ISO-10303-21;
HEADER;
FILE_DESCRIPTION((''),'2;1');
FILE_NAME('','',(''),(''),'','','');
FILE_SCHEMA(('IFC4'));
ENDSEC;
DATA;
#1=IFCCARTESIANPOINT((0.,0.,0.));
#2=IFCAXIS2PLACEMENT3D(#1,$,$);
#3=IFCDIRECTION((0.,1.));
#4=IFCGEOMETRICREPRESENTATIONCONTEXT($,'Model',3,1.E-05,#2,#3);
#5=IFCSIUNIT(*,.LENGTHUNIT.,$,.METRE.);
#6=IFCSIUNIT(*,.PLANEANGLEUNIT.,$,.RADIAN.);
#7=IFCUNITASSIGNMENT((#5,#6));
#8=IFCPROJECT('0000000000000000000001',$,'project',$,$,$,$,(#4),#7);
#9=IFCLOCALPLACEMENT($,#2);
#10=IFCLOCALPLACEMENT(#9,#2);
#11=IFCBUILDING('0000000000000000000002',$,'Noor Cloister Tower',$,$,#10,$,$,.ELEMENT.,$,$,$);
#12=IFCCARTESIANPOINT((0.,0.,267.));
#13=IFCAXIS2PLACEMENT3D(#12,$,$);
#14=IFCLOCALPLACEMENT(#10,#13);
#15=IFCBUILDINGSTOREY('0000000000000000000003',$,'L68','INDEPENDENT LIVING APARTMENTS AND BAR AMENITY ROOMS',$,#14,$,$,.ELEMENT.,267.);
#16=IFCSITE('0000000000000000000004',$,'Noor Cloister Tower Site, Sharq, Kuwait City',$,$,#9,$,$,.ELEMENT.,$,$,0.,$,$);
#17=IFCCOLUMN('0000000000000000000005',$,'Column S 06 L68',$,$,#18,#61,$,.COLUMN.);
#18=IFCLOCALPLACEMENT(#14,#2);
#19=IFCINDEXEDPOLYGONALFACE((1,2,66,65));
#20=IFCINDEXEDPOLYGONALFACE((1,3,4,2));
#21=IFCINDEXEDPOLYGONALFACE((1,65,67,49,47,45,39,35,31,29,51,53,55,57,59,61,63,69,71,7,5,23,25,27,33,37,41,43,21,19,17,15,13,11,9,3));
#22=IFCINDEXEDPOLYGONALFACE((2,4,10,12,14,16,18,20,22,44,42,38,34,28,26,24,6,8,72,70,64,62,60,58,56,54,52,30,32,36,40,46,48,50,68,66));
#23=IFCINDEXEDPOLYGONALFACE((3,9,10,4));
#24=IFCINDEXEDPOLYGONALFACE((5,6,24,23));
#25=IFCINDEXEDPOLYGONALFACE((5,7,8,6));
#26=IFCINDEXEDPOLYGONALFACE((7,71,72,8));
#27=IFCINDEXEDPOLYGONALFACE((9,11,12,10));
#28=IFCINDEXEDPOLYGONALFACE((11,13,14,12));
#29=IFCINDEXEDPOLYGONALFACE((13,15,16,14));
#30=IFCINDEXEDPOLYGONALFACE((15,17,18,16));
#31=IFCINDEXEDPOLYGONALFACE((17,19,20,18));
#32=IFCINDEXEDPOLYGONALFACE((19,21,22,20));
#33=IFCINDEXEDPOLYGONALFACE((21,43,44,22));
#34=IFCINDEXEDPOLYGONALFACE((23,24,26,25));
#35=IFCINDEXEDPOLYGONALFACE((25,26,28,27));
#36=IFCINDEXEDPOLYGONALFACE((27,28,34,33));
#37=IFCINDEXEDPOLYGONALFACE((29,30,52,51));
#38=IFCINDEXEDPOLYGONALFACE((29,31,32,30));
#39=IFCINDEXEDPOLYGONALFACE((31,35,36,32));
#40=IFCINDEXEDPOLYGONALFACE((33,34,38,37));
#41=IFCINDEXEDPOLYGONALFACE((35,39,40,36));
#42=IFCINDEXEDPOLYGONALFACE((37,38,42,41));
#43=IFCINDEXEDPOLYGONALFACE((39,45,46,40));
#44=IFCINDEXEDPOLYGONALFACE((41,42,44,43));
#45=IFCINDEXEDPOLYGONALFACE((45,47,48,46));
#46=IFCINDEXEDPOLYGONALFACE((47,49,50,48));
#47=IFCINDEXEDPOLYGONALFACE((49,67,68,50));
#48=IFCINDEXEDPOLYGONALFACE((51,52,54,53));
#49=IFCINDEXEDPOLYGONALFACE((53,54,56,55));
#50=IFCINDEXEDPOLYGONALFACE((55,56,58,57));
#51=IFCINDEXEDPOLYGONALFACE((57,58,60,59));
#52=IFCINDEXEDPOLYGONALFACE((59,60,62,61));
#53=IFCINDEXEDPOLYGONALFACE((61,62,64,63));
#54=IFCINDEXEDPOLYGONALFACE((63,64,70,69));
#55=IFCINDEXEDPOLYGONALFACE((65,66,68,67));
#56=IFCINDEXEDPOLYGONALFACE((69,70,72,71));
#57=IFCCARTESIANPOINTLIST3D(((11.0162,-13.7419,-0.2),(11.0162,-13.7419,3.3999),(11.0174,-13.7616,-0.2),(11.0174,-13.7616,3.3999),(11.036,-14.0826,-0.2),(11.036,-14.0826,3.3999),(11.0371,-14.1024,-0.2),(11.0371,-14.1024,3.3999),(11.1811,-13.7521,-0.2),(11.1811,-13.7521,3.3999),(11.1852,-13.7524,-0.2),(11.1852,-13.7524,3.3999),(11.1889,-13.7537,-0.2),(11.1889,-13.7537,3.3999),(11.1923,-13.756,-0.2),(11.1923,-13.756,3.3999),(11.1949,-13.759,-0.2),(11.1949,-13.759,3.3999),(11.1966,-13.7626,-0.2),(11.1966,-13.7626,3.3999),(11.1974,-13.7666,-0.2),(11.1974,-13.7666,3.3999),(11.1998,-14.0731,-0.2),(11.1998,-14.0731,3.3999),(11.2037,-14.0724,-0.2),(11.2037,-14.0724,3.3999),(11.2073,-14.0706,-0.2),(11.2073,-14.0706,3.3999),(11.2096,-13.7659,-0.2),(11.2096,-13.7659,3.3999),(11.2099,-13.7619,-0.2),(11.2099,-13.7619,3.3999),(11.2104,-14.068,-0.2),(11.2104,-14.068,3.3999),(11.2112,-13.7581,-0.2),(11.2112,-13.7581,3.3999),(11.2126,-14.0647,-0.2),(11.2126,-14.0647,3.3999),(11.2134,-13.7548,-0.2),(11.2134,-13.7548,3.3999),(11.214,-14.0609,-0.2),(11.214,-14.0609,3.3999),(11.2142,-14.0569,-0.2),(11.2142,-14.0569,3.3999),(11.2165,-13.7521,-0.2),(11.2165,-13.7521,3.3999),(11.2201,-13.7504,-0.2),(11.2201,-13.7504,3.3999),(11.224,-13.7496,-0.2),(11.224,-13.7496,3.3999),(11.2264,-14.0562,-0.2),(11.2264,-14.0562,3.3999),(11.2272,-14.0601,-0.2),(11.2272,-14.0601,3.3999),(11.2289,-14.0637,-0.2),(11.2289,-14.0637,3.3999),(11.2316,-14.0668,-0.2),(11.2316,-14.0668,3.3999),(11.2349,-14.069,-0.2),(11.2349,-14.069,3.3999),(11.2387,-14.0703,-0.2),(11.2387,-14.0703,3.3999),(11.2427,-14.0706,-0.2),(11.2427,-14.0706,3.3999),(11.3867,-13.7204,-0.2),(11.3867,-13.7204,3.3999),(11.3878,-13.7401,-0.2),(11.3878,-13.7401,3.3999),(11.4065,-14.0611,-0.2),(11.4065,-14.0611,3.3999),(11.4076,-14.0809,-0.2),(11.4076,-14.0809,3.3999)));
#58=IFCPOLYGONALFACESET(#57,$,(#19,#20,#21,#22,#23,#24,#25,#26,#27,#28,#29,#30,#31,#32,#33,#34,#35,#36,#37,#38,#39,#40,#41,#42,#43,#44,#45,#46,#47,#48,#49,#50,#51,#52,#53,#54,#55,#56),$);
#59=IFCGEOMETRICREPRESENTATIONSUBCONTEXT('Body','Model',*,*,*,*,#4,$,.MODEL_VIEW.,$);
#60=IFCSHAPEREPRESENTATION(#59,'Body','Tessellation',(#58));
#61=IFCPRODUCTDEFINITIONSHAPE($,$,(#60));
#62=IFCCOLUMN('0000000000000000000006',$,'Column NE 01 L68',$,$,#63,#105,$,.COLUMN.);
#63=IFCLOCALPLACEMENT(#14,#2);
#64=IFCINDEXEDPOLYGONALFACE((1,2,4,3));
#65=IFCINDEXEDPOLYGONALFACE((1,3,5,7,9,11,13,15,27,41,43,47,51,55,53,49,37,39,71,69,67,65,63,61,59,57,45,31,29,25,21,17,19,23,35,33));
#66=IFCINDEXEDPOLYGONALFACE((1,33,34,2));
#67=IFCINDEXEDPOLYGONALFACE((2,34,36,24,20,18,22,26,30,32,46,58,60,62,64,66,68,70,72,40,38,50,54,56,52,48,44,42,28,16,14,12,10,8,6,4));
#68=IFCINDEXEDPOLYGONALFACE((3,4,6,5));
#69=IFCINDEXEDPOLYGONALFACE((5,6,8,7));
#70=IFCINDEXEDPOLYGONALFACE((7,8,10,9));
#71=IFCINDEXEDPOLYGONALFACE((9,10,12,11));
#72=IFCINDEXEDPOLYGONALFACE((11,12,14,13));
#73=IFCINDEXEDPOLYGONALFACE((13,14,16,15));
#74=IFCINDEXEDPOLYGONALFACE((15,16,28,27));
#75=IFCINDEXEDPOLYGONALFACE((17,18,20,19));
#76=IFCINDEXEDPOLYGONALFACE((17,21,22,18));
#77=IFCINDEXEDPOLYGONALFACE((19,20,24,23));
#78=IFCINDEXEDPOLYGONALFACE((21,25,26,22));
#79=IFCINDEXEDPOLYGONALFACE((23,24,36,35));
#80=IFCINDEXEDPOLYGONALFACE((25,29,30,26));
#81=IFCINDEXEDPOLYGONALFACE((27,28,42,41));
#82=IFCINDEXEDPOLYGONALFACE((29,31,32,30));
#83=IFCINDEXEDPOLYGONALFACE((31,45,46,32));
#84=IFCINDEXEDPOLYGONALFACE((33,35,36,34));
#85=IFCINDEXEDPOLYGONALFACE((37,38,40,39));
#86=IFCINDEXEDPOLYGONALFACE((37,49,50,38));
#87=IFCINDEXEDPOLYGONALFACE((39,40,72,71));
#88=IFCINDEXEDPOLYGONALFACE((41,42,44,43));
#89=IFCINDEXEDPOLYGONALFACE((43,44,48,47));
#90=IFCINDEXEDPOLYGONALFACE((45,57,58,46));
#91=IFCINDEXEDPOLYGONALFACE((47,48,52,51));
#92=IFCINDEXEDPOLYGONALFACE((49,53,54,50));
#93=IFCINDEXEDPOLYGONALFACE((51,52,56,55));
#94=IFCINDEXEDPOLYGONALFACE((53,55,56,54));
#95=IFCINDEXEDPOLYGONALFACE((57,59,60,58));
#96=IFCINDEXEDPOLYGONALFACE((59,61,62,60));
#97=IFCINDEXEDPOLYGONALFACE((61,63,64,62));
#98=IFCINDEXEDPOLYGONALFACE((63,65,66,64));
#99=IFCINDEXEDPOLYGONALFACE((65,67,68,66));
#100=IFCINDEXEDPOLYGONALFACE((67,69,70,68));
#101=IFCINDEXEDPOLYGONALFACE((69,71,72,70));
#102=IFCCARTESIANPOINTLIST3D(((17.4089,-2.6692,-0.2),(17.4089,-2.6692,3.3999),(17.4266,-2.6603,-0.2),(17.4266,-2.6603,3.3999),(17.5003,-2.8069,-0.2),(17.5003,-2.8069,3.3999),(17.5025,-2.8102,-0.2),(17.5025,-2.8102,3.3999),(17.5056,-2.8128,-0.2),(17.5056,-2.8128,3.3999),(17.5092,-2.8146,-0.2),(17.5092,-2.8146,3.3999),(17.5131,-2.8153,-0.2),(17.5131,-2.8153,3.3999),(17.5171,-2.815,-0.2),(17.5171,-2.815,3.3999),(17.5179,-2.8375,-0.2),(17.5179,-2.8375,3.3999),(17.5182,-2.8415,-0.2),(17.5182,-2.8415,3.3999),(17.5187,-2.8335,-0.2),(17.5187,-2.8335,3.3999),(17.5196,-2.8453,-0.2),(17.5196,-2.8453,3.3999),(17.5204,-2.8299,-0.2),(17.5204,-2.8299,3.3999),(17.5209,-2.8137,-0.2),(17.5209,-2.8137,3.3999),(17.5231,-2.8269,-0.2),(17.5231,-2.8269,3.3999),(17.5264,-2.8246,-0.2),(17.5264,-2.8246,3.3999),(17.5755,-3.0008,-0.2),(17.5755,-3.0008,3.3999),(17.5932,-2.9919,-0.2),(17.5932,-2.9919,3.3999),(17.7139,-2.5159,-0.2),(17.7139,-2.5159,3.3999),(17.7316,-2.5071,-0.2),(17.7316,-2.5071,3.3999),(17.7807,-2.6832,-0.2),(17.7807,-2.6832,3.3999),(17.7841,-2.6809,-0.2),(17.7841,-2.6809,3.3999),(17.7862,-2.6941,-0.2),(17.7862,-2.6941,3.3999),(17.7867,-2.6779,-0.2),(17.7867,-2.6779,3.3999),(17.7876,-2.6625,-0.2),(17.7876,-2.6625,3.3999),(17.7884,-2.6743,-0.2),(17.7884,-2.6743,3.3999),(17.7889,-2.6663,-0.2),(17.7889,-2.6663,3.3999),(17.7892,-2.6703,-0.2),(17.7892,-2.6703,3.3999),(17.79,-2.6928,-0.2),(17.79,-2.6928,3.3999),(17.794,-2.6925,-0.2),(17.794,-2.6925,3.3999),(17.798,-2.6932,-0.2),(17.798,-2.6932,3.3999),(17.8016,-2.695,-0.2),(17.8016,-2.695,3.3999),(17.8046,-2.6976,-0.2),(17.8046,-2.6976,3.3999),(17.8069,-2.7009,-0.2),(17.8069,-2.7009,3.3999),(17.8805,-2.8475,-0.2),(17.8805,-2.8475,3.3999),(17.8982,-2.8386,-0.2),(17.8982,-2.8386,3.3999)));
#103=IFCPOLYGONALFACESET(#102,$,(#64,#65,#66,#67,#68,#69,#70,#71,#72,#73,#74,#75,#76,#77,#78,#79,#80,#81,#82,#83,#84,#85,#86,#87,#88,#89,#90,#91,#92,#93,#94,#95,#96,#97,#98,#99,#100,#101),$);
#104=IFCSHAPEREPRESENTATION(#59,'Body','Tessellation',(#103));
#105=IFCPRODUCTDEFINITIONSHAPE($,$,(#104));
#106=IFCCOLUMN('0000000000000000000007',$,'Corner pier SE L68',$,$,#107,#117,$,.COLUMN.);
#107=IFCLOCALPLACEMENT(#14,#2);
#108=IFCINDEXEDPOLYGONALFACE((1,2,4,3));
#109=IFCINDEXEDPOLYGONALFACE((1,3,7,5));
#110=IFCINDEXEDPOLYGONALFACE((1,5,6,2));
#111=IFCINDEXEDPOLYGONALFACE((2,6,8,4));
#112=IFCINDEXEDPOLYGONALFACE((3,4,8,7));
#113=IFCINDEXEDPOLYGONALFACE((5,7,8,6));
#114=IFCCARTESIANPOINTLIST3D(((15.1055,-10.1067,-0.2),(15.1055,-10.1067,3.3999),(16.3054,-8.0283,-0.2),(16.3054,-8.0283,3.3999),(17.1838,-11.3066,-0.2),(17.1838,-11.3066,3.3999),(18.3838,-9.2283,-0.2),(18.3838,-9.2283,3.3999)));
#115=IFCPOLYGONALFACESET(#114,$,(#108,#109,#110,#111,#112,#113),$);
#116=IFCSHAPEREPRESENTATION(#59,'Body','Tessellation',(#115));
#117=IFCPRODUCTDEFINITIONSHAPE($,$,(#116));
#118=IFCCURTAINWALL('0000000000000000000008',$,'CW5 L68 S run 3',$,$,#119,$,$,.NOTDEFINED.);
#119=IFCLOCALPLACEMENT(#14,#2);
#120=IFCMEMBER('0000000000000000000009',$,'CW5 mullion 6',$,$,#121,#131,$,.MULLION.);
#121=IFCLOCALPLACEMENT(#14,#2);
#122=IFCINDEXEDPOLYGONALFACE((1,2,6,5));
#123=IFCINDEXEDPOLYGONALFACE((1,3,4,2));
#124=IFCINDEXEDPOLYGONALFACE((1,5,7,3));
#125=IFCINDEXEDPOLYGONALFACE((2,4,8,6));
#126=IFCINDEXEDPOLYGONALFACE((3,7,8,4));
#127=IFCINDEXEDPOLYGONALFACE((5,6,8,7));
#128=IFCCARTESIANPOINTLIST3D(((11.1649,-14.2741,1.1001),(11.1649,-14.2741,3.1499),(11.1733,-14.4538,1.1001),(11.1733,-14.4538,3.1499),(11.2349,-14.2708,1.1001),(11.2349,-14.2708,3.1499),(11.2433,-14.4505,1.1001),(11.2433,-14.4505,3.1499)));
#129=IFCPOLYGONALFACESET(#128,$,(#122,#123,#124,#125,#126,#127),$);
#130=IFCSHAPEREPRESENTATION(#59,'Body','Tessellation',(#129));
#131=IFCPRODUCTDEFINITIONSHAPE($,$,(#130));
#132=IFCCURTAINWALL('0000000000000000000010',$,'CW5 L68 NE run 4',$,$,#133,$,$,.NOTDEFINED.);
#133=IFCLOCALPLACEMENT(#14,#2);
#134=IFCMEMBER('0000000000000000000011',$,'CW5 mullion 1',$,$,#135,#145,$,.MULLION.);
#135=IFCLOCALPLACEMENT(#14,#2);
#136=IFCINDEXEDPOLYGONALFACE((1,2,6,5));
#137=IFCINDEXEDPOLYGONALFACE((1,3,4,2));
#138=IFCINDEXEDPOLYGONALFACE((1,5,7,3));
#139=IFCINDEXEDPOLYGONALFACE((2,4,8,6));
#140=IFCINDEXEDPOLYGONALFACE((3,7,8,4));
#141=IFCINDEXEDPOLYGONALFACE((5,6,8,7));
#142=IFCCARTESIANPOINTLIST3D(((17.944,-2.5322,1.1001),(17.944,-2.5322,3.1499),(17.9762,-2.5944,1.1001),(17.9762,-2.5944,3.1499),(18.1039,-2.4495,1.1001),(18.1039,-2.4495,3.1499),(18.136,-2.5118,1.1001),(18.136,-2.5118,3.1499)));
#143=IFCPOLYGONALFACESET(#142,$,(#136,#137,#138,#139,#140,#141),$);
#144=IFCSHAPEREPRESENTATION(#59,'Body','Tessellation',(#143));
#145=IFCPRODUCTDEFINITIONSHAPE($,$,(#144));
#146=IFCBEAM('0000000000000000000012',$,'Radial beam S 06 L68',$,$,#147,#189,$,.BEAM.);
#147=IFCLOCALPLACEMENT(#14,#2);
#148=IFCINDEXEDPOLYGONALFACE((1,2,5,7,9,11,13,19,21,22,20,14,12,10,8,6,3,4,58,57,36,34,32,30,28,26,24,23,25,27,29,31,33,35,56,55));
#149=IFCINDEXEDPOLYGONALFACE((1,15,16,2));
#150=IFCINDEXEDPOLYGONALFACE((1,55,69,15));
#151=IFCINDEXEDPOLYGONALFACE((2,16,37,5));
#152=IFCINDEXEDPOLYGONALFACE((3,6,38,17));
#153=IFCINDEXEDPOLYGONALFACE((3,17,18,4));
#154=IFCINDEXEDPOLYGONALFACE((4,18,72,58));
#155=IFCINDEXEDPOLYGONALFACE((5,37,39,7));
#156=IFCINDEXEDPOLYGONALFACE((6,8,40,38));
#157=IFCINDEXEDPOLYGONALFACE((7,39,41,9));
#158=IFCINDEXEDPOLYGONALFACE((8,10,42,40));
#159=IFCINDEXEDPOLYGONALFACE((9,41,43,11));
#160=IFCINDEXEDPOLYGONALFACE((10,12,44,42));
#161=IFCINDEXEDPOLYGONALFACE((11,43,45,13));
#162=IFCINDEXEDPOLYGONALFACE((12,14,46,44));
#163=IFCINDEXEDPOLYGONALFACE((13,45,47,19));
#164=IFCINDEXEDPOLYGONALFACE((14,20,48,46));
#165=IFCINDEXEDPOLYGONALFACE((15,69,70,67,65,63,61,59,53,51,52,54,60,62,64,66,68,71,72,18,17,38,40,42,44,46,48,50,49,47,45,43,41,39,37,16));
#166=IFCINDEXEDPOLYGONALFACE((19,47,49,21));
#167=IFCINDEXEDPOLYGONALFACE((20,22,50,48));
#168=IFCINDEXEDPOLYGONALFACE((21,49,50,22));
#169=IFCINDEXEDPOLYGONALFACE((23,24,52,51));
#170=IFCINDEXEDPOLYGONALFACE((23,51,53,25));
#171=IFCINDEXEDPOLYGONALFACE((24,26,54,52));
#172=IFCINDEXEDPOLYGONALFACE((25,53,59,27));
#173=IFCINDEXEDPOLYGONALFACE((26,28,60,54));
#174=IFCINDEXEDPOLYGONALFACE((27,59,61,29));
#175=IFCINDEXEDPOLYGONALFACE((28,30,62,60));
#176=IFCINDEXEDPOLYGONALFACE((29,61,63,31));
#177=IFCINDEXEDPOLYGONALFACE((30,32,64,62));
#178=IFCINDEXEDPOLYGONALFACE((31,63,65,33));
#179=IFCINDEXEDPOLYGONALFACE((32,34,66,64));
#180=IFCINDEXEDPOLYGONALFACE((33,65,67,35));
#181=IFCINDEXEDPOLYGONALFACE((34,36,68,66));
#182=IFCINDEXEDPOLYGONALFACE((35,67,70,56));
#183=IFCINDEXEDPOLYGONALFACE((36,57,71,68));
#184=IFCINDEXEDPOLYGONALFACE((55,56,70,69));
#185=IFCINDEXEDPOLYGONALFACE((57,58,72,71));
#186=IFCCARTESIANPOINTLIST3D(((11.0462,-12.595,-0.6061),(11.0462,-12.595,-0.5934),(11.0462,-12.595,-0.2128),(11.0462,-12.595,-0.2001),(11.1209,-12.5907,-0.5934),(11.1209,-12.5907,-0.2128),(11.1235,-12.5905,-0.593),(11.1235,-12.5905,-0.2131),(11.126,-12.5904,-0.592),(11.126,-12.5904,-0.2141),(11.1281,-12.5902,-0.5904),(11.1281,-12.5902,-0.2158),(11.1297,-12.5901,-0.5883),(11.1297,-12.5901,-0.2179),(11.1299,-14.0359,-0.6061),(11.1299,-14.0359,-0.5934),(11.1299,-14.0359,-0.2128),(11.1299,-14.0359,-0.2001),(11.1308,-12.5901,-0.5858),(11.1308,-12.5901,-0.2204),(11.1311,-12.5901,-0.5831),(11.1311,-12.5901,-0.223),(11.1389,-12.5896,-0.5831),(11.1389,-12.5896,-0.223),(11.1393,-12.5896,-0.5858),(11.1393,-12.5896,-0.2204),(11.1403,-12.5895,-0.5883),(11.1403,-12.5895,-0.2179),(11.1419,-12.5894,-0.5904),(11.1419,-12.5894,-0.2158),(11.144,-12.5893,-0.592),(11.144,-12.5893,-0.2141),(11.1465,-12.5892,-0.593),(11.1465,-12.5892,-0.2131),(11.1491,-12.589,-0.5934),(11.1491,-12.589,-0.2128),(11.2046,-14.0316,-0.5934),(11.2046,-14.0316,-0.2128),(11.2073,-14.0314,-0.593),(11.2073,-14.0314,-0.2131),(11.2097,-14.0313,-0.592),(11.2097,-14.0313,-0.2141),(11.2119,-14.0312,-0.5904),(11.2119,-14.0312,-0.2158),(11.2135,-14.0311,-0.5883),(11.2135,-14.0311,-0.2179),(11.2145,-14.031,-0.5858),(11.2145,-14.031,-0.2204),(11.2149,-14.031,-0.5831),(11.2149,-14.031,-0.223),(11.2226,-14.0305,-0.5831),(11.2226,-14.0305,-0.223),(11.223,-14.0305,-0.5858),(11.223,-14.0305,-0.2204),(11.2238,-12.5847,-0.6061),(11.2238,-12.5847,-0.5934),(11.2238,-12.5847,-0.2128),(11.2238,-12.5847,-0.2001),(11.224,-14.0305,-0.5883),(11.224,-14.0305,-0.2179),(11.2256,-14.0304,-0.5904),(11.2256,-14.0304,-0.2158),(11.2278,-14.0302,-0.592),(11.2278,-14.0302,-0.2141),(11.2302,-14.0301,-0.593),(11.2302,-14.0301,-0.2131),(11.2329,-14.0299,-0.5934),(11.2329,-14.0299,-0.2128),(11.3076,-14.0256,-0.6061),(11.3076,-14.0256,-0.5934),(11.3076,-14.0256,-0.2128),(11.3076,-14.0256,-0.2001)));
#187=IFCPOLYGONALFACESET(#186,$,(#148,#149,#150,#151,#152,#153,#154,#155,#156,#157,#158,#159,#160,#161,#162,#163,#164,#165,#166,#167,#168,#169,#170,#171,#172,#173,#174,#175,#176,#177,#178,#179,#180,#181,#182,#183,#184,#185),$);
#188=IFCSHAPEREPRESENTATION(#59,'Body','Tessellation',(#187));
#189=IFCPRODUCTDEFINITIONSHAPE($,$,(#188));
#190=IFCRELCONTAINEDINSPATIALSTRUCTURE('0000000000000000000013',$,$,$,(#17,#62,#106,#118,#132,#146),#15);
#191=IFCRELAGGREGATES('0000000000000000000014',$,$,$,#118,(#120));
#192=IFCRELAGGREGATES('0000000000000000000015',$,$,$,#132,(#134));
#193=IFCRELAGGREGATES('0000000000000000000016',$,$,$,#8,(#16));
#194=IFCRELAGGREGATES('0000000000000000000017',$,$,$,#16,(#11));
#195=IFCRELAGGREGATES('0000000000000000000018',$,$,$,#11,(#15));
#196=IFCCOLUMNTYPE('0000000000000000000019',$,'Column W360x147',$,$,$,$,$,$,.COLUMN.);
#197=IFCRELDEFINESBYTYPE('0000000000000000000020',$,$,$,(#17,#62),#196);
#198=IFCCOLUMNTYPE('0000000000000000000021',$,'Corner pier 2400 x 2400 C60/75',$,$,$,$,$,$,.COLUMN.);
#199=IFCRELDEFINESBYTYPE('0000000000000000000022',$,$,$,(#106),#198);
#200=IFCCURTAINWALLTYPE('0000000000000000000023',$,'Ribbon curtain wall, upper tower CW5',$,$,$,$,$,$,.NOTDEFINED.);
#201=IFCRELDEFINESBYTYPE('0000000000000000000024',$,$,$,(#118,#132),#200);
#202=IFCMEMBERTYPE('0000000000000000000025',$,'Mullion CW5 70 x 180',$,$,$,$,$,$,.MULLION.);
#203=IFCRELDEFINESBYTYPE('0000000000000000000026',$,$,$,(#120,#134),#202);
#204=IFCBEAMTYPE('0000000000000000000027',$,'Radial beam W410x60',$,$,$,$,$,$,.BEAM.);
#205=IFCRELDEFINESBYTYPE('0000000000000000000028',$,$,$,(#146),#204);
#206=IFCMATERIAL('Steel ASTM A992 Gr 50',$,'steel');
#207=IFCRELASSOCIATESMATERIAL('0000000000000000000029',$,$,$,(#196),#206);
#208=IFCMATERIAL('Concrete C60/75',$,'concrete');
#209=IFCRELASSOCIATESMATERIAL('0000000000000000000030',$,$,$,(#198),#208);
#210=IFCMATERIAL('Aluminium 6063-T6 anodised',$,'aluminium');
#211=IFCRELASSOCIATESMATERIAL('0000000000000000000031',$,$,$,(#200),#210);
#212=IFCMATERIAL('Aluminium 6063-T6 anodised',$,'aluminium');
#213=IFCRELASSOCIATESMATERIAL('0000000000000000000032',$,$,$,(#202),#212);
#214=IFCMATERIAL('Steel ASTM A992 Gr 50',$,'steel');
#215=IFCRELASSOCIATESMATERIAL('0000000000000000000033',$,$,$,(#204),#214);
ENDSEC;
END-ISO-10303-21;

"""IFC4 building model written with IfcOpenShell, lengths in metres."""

from ifc_helpers import new_model, si_unit, direction, frame, origin, origin_2d, place, context, subcontext, project, spatial, rectangle, i_section, extrude, material, material_profile, profile_set, type_object, element, aggregate, save


model = new_model("IFC4")

# Units and contexts
model_context = context("Model", 3, precision=1e-05, world=origin(), true_north=direction((0.0, 1.0)))
body_context = subcontext(model_context, "Body", "Model", "MODEL_VIEW")
ifc_project = project(units=[si_unit("LENGTHUNIT", "METRE"), si_unit("PLANEANGLEUNIT", "RADIAN")], contexts=[model_context])

# Site, building, storey
site_placement = place(None, origin())
site = spatial("IfcSite", under=ifc_project, at=site_placement, Name="Noor Cloister Tower Site, Sharq, Kuwait City", CompositionType="ELEMENT", RefElevation=0.0)
building_placement = place(site_placement, origin())
building = spatial("IfcBuilding", under=site, at=building_placement, Name="Noor Cloister Tower", CompositionType="ELEMENT")
storey_placement = place(building_placement, frame((0.0, 0.0, 267.0)))
storey = spatial("IfcBuildingStorey", under=building, at=storey_placement, Name="L68", Description="INDEPENDENT LIVING APARTMENTS AND BAR AMENITY ROOMS", CompositionType="ELEMENT", Elevation=267.0)

# Columns
ifc_material_1 = material(Name="Steel ASTM A992 Gr 50", Category="steel")
ifc_material_profile_1 = material_profile(ifc_material_1, i_section(OverallWidth=0.3711, OverallDepth=0.3611, WebThickness=0.0122, FlangeThickness=0.0198, FilletRadius=0.0154, at=origin_2d()), Name="W360x147")
ifc_profile_set_1 = profile_set([ifc_material_profile_1], Name="Steel ASTM A992 Gr 50")
column_type_1 = type_object("IfcColumnType", Name="Column W360x147", PredefinedType="COLUMN", material=ifc_profile_set_1)
for number, where, z_axis, x_axis, name in (
    (1, (11.2119, -13.9114, -0.2), (0.0, 0.0, 1.0), (0.99832, 0.057948, 0.0), "Column S 06 L68"),
    (2, (17.6536, -2.7539, -0.2), (0.0, 0.0, 1.0), (-0.448975, 0.893544, 0.0), "Column NE 01 L68"),
):
    element("IfcColumn", number, at=place(storey_placement, frame(where, z_axis=z_axis, x_axis=x_axis)), inside=storey, type_object=column_type_1, Name=name, PredefinedType="COLUMN", context=body_context, shape_type="SweptSolid", body=[
        extrude(i_section(OverallWidth=0.3711, OverallDepth=0.3611, WebThickness=0.0122, FlangeThickness=0.0198, FilletRadius=0.0154, at=origin_2d()), origin(), (0.0, 0.0, 1.0), 3.5999),
    ])
ifc_material_2 = material(Name="Concrete C60/75", Category="concrete")
ifc_material_profile_2 = material_profile(ifc_material_2, rectangle(XDim=2.3999, YDim=2.3999, at=origin_2d()), Name="RC 2400x2400")
ifc_profile_set_2 = profile_set([ifc_material_profile_2], Name="Concrete C60/75")
column_type_2 = type_object("IfcColumnType", Name="Corner pier 2400 x 2400 C60/75", PredefinedType="COLUMN", material=ifc_profile_set_2)
column_placement = place(storey_placement, frame((16.7446, -9.6675, -0.2), z_axis=(0.0, 0.0, 1.0), x_axis=(0.866025, -0.5, 0.0)))
element("IfcColumn", 3, at=column_placement, inside=storey, type_object=column_type_2, Name="Corner pier SE L68", PredefinedType="COLUMN", context=body_context, shape_type="SweptSolid", body=[
    extrude(rectangle(XDim=2.3999, YDim=2.3999, at=origin_2d()), origin(), (0.0, 0.0, 1.0), 3.5999),
])

# Curtain walls, members
ifc_material_3 = material(Name="Aluminium 6063-T6 anodised", Category="aluminium")
curtain_wall_type = type_object("IfcCurtainWallType", Name="Ribbon curtain wall, upper tower CW5", PredefinedType="NOTDEFINED", material=ifc_material_3)
curtain_wall_1_placement = place(storey_placement, origin())
curtain_wall_1 = element("IfcCurtainWall", 4, at=curtain_wall_1_placement, inside=storey, type_object=curtain_wall_type, Name="CW5 L68 S run 3", PredefinedType="NOTDEFINED")
ifc_material_4 = material(Name="Aluminium 6063-T6 anodised", Category="aluminium")
ifc_material_profile_3 = material_profile(ifc_material_4, rectangle(XDim=0.1799, YDim=0.0701, at=origin_2d()), Name="180 x 70 mullion")
ifc_profile_set_3 = profile_set([ifc_material_profile_3], Name="Aluminium 6063-T6 anodised")
member_type = type_object("IfcMemberType", Name="Mullion CW5 70 x 180", PredefinedType="MULLION", material=ifc_profile_set_3)
member_1_placement = place(storey_placement, frame((11.2041, -14.3623, 1.1001), z_axis=(0.0, 0.0, 1.0), x_axis=(-0.046368, 0.998924, 0.0)))
member_1 = element("IfcMember", 5, at=member_1_placement, type_object=member_type, Name="CW5 mullion 6", PredefinedType="MULLION", context=body_context, shape_type="SweptSolid", body=[
    extrude(rectangle(XDim=0.1799, YDim=0.0701, at=origin_2d()), origin(), (0.0, 0.0, 1.0), 2.0498),
])
aggregate(curtain_wall_1, [member_1])
curtain_wall_2_placement = place(storey_placement, origin())
curtain_wall_2 = element("IfcCurtainWall", 6, at=curtain_wall_2_placement, inside=storey, type_object=curtain_wall_type, Name="CW5 L68 NE run 4", PredefinedType="NOTDEFINED")
member_2_placement = place(storey_placement, frame((18.04, -2.522, 1.1001), z_axis=(0.0, 0.0, 1.0), x_axis=(-0.888278, -0.459306, 0.0)))
member_2 = element("IfcMember", 7, at=member_2_placement, type_object=member_type, Name="CW5 mullion 1", PredefinedType="MULLION", context=body_context, shape_type="SweptSolid", body=[
    extrude(rectangle(XDim=0.1799, YDim=0.0701, at=origin_2d()), origin(), (0.0, 0.0, 1.0), 2.0498),
])

# Beam
ifc_material_5 = material(Name="Steel ASTM A992 Gr 50", Category="steel")
ifc_material_profile_4 = material_profile(ifc_material_5, i_section(OverallWidth=0.178, OverallDepth=0.406, WebThickness=0.0078, FlangeThickness=0.0127, FilletRadius=0.0103, at=origin_2d()), Name="W410x60")
ifc_profile_set_4 = profile_set([ifc_material_profile_4], Name="Steel ASTM A992 Gr 50")
beam_type_1 = type_object("IfcBeamType", Name="Radial beam W410x60", PredefinedType="BEAM", material=ifc_profile_set_4)
beam_1_placement = place(storey_placement, frame((11.2188, -14.0308, -0.4031), z_axis=(-0.058018, 0.998316, 0.0), x_axis=(-0.998316, -0.058018, 0.0)))
element("IfcBeam", 8, at=beam_1_placement, inside=storey, type_object=beam_type_1, Name="Radial beam S 06 L68", PredefinedType="BEAM", context=body_context, shape_type="SweptSolid", body=[
    extrude(i_section(OverallWidth=0.178, OverallDepth=0.406, WebThickness=0.0078, FlangeThickness=0.0127, FilletRadius=0.0103, at=origin_2d()), origin(), (0.0, 0.0, 1.0), 1.4434),
])

aggregate(curtain_wall_2, [member_2])

save(model, "model.ifc")
